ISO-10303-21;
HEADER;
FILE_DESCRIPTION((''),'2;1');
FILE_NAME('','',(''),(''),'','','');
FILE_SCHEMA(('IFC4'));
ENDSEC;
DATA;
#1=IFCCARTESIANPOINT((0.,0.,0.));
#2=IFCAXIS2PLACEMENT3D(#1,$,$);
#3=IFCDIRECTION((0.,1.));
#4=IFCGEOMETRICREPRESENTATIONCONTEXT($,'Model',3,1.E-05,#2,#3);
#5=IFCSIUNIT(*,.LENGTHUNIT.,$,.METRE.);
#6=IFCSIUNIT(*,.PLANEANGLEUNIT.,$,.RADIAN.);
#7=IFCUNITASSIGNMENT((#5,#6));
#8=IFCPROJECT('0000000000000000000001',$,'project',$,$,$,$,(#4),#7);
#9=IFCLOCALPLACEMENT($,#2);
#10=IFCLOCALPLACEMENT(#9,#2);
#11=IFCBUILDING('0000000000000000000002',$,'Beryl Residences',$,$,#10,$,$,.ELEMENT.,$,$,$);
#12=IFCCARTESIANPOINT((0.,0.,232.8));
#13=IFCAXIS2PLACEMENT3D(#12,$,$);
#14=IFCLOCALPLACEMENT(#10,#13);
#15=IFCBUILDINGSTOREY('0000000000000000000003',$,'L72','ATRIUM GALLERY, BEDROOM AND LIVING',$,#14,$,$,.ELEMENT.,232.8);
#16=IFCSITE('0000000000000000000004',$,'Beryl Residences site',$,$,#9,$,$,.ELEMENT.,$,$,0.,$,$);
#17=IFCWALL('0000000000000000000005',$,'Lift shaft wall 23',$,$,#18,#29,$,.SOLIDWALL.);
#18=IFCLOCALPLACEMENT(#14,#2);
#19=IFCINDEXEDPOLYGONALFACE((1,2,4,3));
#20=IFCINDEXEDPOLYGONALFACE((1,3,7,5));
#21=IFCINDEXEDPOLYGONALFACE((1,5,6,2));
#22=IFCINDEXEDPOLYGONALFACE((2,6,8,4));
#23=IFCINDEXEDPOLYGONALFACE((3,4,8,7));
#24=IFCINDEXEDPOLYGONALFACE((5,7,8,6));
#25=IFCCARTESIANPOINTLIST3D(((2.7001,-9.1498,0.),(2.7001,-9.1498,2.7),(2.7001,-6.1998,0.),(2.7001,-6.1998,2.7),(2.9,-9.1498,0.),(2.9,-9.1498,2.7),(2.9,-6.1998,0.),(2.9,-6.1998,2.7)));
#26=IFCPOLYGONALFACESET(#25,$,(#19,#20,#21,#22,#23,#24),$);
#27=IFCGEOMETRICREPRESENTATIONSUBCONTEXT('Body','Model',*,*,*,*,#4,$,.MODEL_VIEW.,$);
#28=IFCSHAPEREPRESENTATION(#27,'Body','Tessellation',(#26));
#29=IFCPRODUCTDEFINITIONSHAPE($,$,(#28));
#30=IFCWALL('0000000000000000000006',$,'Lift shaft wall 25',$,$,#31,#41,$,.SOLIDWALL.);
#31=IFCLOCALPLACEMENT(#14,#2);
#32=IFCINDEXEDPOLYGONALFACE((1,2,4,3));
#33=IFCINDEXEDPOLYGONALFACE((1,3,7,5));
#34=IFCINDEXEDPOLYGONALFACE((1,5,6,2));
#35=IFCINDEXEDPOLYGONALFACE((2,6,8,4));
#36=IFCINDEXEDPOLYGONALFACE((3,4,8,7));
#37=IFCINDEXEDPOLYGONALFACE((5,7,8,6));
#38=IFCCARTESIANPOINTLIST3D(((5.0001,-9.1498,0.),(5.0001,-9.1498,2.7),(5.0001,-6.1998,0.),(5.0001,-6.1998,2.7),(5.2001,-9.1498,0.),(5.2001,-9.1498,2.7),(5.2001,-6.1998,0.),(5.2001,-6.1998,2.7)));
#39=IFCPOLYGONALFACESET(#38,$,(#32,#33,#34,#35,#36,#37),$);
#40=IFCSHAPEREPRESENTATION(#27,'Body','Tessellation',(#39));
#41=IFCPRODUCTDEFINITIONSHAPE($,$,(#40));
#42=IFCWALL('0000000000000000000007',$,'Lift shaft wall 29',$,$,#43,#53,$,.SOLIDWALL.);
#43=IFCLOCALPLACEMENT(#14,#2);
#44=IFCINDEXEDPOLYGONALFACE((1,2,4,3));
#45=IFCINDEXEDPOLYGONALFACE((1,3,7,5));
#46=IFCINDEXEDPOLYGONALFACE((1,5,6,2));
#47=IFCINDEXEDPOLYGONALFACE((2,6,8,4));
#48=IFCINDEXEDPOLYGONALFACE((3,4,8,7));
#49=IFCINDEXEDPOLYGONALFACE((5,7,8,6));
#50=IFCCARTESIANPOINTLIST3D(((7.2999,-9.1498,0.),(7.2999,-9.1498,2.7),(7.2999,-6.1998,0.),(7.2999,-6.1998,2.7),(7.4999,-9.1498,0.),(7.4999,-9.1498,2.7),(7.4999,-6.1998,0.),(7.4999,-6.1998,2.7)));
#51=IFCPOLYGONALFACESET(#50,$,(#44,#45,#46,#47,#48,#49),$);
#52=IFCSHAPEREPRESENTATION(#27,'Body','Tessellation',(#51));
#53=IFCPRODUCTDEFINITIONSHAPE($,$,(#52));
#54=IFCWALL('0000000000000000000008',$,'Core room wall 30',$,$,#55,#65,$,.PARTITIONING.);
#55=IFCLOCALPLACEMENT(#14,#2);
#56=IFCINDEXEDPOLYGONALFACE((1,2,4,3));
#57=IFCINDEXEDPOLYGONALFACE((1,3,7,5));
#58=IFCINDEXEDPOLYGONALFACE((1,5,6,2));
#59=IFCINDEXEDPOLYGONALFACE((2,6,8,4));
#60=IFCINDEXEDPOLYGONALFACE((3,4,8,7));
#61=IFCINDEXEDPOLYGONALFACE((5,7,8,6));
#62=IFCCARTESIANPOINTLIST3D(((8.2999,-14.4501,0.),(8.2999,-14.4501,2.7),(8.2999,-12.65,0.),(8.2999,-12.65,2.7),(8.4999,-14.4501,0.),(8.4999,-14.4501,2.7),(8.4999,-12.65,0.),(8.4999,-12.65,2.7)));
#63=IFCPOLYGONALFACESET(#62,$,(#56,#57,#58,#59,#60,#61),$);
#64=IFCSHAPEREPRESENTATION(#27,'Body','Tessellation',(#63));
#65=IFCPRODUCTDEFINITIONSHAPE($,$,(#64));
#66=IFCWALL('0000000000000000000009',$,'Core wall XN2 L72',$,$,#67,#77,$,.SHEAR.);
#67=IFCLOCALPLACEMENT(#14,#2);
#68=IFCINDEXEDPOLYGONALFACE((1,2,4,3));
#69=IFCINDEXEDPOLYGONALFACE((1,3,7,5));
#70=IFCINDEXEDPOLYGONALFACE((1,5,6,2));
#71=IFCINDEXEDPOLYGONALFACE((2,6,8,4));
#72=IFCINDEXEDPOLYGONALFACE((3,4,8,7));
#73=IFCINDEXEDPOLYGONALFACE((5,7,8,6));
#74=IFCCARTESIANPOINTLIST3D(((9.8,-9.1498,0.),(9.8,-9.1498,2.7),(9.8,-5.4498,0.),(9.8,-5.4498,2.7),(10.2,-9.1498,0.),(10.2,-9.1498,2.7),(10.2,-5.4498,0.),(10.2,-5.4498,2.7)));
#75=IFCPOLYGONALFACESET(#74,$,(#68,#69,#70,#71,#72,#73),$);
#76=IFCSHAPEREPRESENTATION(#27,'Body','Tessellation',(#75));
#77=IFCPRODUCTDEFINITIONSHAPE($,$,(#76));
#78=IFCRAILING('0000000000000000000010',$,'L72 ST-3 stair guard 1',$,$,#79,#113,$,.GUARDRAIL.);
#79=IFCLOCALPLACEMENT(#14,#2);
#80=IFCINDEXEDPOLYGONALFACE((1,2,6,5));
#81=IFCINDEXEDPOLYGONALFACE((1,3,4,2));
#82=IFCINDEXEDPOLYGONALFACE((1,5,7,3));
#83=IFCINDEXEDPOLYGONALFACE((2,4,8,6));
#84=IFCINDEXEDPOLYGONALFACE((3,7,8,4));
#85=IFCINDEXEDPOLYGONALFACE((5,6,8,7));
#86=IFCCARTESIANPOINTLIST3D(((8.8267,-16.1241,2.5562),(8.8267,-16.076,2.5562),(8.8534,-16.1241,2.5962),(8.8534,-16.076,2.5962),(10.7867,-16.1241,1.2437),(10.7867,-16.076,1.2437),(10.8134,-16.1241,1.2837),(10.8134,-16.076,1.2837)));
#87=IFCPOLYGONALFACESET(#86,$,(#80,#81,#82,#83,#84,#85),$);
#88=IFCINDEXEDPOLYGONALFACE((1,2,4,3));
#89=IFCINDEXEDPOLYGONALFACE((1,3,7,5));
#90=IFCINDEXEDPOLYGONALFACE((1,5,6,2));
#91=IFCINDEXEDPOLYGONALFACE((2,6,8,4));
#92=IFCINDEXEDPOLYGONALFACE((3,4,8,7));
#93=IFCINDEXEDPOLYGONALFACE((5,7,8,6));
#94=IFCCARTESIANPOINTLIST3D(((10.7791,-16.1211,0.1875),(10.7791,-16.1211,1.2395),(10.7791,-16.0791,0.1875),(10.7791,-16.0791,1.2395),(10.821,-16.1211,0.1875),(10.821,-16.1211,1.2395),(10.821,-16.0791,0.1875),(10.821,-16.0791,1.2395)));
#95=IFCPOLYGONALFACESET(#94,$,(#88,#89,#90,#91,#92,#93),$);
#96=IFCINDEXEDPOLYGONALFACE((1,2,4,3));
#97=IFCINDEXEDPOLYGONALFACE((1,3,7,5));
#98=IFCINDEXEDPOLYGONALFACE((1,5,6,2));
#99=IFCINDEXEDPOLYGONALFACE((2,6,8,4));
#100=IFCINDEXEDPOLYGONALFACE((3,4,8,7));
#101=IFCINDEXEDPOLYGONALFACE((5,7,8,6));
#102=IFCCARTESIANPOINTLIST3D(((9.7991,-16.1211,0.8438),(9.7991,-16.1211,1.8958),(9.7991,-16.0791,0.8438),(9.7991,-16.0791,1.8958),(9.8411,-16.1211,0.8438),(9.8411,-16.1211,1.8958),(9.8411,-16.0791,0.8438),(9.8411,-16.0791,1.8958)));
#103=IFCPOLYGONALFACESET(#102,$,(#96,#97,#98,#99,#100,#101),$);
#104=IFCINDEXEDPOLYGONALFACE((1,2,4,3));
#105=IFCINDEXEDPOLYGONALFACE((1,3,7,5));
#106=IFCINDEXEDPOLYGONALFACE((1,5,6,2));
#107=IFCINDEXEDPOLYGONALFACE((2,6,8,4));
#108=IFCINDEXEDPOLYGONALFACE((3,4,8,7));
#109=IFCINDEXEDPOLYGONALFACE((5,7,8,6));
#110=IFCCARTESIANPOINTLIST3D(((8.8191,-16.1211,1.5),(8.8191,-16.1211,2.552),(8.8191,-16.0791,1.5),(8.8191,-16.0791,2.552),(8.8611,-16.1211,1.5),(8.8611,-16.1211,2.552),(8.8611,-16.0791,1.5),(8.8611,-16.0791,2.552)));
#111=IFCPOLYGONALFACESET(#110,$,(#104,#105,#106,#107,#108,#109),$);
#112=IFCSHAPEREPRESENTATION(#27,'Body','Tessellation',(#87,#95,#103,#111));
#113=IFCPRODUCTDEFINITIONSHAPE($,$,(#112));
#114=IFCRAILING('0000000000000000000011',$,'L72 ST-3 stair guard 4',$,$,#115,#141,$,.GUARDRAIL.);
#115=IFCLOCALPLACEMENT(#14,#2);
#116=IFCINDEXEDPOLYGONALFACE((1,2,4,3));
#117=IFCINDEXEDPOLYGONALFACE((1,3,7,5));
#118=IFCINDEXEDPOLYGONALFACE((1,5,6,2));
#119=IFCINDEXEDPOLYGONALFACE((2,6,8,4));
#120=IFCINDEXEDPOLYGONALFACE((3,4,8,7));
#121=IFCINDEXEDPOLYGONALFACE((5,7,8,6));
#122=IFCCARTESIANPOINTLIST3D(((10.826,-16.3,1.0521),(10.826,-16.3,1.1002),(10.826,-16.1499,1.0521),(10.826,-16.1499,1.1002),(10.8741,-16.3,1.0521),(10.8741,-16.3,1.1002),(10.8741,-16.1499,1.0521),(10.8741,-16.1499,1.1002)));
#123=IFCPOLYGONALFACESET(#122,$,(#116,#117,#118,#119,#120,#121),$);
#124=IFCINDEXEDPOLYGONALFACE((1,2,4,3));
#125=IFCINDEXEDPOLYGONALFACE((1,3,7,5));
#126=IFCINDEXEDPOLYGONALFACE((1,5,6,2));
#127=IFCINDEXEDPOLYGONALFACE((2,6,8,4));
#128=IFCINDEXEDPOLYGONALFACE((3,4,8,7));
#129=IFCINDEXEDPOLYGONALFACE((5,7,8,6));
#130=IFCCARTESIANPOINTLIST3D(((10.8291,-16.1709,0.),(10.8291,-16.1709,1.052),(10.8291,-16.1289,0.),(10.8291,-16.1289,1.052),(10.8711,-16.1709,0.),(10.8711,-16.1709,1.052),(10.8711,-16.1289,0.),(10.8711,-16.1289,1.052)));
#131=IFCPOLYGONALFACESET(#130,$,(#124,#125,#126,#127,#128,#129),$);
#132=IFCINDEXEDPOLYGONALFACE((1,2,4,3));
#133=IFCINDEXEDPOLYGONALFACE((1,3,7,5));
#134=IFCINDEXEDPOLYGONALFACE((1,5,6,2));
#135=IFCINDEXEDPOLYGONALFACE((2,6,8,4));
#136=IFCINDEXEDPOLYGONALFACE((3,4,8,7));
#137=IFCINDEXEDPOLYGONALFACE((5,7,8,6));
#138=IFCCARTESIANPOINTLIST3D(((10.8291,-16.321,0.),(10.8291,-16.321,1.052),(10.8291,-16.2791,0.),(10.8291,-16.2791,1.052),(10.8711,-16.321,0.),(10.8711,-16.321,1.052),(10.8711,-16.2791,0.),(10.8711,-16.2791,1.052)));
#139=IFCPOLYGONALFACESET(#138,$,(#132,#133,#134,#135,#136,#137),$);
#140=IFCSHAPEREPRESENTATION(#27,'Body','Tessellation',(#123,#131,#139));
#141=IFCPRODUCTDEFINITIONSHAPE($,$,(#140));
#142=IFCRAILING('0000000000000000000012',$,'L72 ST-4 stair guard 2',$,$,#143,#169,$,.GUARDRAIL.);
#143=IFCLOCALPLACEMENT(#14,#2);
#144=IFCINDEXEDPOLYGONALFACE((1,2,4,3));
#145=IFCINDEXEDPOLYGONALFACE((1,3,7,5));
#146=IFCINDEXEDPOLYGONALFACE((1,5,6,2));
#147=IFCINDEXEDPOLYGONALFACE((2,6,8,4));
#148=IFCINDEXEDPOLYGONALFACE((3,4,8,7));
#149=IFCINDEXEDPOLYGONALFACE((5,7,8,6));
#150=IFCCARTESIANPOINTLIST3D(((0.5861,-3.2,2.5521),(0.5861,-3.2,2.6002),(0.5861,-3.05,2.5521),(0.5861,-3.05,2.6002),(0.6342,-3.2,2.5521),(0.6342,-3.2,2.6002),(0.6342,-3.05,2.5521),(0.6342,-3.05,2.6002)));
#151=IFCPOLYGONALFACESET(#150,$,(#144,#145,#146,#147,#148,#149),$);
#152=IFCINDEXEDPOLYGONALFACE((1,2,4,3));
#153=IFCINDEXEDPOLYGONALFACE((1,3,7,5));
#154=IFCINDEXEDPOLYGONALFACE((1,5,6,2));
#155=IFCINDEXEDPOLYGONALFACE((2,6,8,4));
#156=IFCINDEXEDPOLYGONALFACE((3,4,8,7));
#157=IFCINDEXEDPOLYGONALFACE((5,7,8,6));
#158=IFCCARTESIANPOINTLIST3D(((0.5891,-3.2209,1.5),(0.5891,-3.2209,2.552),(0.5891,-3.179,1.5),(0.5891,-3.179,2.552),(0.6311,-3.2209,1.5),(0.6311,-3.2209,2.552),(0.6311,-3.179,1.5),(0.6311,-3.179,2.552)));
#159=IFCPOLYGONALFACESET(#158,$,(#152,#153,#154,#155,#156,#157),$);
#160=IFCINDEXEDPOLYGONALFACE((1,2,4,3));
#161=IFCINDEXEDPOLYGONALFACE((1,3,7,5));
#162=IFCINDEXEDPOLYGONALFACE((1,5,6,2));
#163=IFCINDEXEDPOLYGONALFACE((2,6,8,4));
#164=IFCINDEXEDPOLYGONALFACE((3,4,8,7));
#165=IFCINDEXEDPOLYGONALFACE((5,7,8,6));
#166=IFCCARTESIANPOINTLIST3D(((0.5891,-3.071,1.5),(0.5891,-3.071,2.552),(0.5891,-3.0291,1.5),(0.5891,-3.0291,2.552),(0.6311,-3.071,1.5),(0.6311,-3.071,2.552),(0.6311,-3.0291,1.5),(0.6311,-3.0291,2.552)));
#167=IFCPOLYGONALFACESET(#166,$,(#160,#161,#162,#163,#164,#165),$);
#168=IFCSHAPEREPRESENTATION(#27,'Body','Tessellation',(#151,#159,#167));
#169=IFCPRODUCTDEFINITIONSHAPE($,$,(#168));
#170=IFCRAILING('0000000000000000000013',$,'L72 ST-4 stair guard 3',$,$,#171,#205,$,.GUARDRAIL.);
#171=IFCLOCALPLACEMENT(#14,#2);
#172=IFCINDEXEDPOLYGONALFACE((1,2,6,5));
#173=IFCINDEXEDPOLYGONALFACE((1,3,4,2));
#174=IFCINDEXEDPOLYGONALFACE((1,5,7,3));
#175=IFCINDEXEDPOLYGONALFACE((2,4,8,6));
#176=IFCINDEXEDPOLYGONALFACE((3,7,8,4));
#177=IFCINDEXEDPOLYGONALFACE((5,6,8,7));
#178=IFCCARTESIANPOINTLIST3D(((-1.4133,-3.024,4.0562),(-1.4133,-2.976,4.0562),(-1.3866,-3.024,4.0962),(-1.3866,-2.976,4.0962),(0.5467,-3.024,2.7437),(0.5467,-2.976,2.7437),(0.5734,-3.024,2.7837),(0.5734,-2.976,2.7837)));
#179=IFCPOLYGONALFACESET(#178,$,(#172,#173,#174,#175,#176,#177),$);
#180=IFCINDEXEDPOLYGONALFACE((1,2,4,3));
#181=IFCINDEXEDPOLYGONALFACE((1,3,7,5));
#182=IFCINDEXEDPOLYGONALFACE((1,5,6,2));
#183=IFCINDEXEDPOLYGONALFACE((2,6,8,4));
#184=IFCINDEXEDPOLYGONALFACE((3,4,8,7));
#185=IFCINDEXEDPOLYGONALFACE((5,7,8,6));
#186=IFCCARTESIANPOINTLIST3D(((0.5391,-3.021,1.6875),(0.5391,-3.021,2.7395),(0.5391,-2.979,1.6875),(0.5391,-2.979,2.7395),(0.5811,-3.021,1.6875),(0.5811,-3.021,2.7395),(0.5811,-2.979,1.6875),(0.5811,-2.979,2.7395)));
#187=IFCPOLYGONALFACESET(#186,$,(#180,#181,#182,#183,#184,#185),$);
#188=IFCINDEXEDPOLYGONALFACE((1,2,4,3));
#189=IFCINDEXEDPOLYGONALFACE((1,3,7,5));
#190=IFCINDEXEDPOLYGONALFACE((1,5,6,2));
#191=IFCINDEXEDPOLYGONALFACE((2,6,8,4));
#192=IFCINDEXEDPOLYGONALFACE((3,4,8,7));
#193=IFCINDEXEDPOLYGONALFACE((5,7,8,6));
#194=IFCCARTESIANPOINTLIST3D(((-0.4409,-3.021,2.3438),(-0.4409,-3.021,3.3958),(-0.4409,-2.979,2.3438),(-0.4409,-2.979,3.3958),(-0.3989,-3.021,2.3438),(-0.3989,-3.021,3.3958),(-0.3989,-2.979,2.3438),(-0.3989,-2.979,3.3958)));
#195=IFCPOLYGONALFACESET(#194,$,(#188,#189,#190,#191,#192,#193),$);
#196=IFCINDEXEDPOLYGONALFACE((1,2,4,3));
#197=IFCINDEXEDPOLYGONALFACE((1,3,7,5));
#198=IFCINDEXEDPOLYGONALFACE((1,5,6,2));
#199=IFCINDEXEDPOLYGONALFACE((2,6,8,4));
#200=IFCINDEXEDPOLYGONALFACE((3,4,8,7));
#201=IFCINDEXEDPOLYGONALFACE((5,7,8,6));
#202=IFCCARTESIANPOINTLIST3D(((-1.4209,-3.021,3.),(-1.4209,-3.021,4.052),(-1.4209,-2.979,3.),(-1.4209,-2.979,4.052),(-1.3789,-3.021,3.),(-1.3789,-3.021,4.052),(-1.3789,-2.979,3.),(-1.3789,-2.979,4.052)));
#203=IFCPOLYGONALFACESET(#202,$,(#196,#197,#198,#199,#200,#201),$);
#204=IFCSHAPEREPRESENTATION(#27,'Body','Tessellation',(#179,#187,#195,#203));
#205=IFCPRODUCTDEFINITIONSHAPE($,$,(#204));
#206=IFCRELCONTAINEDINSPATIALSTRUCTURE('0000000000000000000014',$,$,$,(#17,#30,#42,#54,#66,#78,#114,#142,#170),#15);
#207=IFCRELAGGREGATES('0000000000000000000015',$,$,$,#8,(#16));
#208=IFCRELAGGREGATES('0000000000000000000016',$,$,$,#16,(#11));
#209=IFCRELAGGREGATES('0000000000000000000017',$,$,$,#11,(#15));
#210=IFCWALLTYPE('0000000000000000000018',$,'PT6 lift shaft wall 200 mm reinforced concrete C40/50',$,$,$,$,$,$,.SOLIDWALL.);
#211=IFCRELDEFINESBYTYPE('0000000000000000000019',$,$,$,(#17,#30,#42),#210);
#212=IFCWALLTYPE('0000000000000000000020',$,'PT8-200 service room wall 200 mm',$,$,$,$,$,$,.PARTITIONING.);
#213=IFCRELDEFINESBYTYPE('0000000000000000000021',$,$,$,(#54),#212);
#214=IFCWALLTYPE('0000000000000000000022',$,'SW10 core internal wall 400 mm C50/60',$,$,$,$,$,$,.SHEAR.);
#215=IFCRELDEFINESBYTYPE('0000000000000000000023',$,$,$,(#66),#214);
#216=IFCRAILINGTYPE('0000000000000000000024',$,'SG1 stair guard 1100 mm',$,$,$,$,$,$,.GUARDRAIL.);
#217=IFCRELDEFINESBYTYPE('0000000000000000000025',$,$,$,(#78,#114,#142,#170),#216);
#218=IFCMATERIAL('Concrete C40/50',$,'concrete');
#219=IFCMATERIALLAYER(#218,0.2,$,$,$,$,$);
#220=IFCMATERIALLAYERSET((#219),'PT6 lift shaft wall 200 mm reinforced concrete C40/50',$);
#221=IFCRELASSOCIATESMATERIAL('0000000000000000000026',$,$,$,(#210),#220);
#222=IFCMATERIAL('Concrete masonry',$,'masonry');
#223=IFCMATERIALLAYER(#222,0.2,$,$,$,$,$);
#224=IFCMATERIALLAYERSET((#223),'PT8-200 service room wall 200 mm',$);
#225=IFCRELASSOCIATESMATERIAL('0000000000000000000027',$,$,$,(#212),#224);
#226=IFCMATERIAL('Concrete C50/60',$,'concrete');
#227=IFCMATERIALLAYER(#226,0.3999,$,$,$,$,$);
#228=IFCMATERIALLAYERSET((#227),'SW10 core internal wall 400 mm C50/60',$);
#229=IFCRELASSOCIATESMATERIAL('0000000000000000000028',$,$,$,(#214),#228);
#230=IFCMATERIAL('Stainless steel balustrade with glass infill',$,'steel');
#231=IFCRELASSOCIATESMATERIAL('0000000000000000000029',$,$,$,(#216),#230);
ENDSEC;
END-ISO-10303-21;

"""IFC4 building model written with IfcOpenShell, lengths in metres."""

from ifc_helpers import new_model, si_unit, direction, frame, frame_2d, origin, origin_2d, place, context, subcontext, project, spatial, rectangle, extrude, material, layer, layer_set, type_object, element, save


model = new_model("IFC4")

# Units and contexts
model_context = context("Model", 3, precision=1e-05, world=origin(), true_north=direction((0.0, 1.0)))
body_context = subcontext(model_context, "Body", "Model", "MODEL_VIEW")
ifc_project = project(units=[si_unit("LENGTHUNIT", "METRE"), si_unit("PLANEANGLEUNIT", "RADIAN")], contexts=[model_context])

# Site, building, storey
site_placement = place(None, origin())
site = spatial("IfcSite", under=ifc_project, at=site_placement, Name="Beryl Residences site", CompositionType="ELEMENT", RefElevation=0.0)
building_placement = place(site_placement, origin())
building = spatial("IfcBuilding", under=site, at=building_placement, Name="Beryl Residences", CompositionType="ELEMENT")
storey_placement = place(building_placement, frame((0.0, 0.0, 232.8)))
storey = spatial("IfcBuildingStorey", under=building, at=storey_placement, Name="L72", Description="ATRIUM GALLERY, BEDROOM AND LIVING", CompositionType="ELEMENT", Elevation=232.8)

# Walls
ifc_material_1 = material(Name="Concrete C40/50", Category="concrete")
ifc_layer_1 = layer(ifc_material_1, 0.2)
ifc_layer_set_1 = layer_set([ifc_layer_1], Name="PT6 lift shaft wall 200 mm reinforced concrete C40/50")
wall_type_1 = type_object("IfcWallType", Name="PT6 lift shaft wall 200 mm reinforced concrete C40/50", PredefinedType="SOLIDWALL", material=ifc_layer_set_1)
for number, where, z_axis, x_axis, name in (
    (1, (2.8, -9.1499, 0.0), (0.0, 0.0, 1.0), (0.0, 1.0, 0.0), "Lift shaft wall 23"),
    (2, (5.1001, -9.1499, 0.0), (0.0, 0.0, 1.0), (0.0, 1.0, 0.0), "Lift shaft wall 25"),
    (3, (7.3999, -9.1499, 0.0), (0.0, 0.0, 1.0), (0.0, 1.0, 0.0), "Lift shaft wall 29"),
):
    element("IfcWall", number, at=place(storey_placement, frame(where, z_axis=z_axis, x_axis=x_axis)), inside=storey, type_object=wall_type_1, Name=name, PredefinedType="SOLIDWALL", context=body_context, shape_type="SweptSolid", body=[
        extrude(rectangle(XDim=2.95, YDim=0.2, at=frame_2d((1.4751, 0.0))), origin(), (0.0, 0.0, 1.0), 2.7),
    ])
ifc_material_2 = material(Name="Concrete masonry", Category="masonry")
ifc_layer_2 = layer(ifc_material_2, 0.2)
ifc_layer_set_2 = layer_set([ifc_layer_2], Name="PT8-200 service room wall 200 mm")
wall_type_2 = type_object("IfcWallType", Name="PT8-200 service room wall 200 mm", PredefinedType="PARTITIONING", material=ifc_layer_set_2)
wall_1_placement = place(storey_placement, frame((8.3999, -14.45, 0.0), z_axis=(0.0, 0.0, 1.0), x_axis=(0.0, 1.0, 0.0)))
element("IfcWall", 4, at=wall_1_placement, inside=storey, type_object=wall_type_2, Name="Core room wall 30", PredefinedType="PARTITIONING", context=body_context, shape_type="SweptSolid", body=[
    extrude(rectangle(XDim=1.8, YDim=0.2, at=frame_2d((0.8999, 0.0))), origin(), (0.0, 0.0, 1.0), 2.7),
])
ifc_material_3 = material(Name="Concrete C50/60", Category="concrete")
ifc_layer_3 = layer(ifc_material_3, 0.3999)
ifc_layer_set_3 = layer_set([ifc_layer_3], Name="SW10 core internal wall 400 mm C50/60")
wall_type_3 = type_object("IfcWallType", Name="SW10 core internal wall 400 mm C50/60", PredefinedType="SHEAR", material=ifc_layer_set_3)
wall_2_placement = place(storey_placement, frame((10.0, -9.1499, 0.0), z_axis=(0.0, 0.0, 1.0), x_axis=(0.0, 1.0, 0.0)))
element("IfcWall", 5, at=wall_2_placement, inside=storey, type_object=wall_type_3, Name="Core wall XN2 L72", PredefinedType="SHEAR", context=body_context, shape_type="SweptSolid", body=[
    extrude(rectangle(XDim=3.7, YDim=0.3999, at=frame_2d((1.8501, 0.0))), origin(), (0.0, 0.0, 1.0), 2.7),
])

# Railings
ifc_material_4 = material(Name="Stainless steel balustrade with glass infill", Category="steel")
railing_type_1 = type_object("IfcRailingType", Name="SG1 stair guard 1100 mm", PredefinedType="GUARDRAIL", material=ifc_material_4)
railing_1_placement = place(storey_placement, frame((10.8, -16.1001, 0.1875)))
element("IfcRailing", 6, at=railing_1_placement, inside=storey, type_object=railing_type_1, Name="L72 ST-3 stair guard 1", PredefinedType="GUARDRAIL", context=body_context, shape_type="SweptSolid", body=[
    extrude(rectangle(XDim=0.0481, YDim=0.0481, at=origin_2d()), frame((0.0, 0.0, 1.0762), z_axis=(-0.830902, 0.0, 0.556419), x_axis=(0.0, -1.0, 0.0)), (0.0, 0.0, 1.0), 2.3589),
    extrude(rectangle(XDim=0.042, YDim=0.042, at=origin_2d()), origin(), (0.0, 0.0, 1.0), 1.052),
    extrude(rectangle(XDim=0.042, YDim=0.042, at=origin_2d()), frame((-0.98, 0.0, 0.6562)), (0.0, 0.0, 1.0), 1.052),
    extrude(rectangle(XDim=0.042, YDim=0.042, at=origin_2d()), frame((-1.96, 0.0, 1.3125)), (0.0, 0.0, 1.0), 1.052),
])
railing_2_placement = place(storey_placement, frame((10.8501, -16.1499, 0.0)))
element("IfcRailing", 7, at=railing_2_placement, inside=storey, type_object=railing_type_1, Name="L72 ST-3 stair guard 4", PredefinedType="GUARDRAIL", context=body_context, shape_type="SweptSolid", body=[
    extrude(rectangle(XDim=0.0481, YDim=0.0481, at=origin_2d()), frame((0.0, 0.0, 1.0762), z_axis=(0.0, -1.0, 0.0), x_axis=(1.0, 0.0, 0.0)), (0.0, 0.0, 1.0), 0.1501),
    extrude(rectangle(XDim=0.042, YDim=0.042, at=origin_2d()), origin(), (0.0, 0.0, 1.0), 1.052),
    extrude(rectangle(XDim=0.042, YDim=0.042, at=origin_2d()), frame((0.0, -0.1501, 0.0)), (0.0, 0.0, 1.0), 1.052),
])
railing_3_placement = place(storey_placement, frame((0.6101, -3.2, 1.5)))
element("IfcRailing", 8, at=railing_3_placement, inside=storey, type_object=railing_type_1, Name="L72 ST-4 stair guard 2", PredefinedType="GUARDRAIL", context=body_context, shape_type="SweptSolid", body=[
    extrude(rectangle(XDim=0.0481, YDim=0.0481, at=origin_2d()), frame((0.0, 0.0, 1.0762), z_axis=(0.0, 1.0, 0.0), x_axis=(-1.0, 0.0, 0.0)), (0.0, 0.0, 1.0), 0.1499),
    extrude(rectangle(XDim=0.042, YDim=0.042, at=origin_2d()), origin(), (0.0, 0.0, 1.0), 1.052),
    extrude(rectangle(XDim=0.042, YDim=0.042, at=origin_2d()), frame((0.0, 0.1499, 0.0)), (0.0, 0.0, 1.0), 1.052),
])
railing_4_placement = place(storey_placement, frame((0.5601, -3.0, 1.6875)))
element("IfcRailing", 9, at=railing_4_placement, inside=storey, type_object=railing_type_1, Name="L72 ST-4 stair guard 3", PredefinedType="GUARDRAIL", context=body_context, shape_type="SweptSolid", body=[
    extrude(rectangle(XDim=0.0481, YDim=0.0481, at=origin_2d()), frame((0.0, 0.0, 1.0762), z_axis=(-0.830902, 0.0, 0.556419), x_axis=(0.0, -1.0, 0.0)), (0.0, 0.0, 1.0), 2.3589),
    extrude(rectangle(XDim=0.042, YDim=0.042, at=origin_2d()), origin(), (0.0, 0.0, 1.0), 1.052),
    extrude(rectangle(XDim=0.042, YDim=0.042, at=origin_2d()), frame((-0.98, 0.0, 0.6562)), (0.0, 0.0, 1.0), 1.052),
    extrude(rectangle(XDim=0.042, YDim=0.042, at=origin_2d()), frame((-1.96, 0.0, 1.3125)), (0.0, 0.0, 1.0), 1.052),
])

save(model, "model.ifc")
